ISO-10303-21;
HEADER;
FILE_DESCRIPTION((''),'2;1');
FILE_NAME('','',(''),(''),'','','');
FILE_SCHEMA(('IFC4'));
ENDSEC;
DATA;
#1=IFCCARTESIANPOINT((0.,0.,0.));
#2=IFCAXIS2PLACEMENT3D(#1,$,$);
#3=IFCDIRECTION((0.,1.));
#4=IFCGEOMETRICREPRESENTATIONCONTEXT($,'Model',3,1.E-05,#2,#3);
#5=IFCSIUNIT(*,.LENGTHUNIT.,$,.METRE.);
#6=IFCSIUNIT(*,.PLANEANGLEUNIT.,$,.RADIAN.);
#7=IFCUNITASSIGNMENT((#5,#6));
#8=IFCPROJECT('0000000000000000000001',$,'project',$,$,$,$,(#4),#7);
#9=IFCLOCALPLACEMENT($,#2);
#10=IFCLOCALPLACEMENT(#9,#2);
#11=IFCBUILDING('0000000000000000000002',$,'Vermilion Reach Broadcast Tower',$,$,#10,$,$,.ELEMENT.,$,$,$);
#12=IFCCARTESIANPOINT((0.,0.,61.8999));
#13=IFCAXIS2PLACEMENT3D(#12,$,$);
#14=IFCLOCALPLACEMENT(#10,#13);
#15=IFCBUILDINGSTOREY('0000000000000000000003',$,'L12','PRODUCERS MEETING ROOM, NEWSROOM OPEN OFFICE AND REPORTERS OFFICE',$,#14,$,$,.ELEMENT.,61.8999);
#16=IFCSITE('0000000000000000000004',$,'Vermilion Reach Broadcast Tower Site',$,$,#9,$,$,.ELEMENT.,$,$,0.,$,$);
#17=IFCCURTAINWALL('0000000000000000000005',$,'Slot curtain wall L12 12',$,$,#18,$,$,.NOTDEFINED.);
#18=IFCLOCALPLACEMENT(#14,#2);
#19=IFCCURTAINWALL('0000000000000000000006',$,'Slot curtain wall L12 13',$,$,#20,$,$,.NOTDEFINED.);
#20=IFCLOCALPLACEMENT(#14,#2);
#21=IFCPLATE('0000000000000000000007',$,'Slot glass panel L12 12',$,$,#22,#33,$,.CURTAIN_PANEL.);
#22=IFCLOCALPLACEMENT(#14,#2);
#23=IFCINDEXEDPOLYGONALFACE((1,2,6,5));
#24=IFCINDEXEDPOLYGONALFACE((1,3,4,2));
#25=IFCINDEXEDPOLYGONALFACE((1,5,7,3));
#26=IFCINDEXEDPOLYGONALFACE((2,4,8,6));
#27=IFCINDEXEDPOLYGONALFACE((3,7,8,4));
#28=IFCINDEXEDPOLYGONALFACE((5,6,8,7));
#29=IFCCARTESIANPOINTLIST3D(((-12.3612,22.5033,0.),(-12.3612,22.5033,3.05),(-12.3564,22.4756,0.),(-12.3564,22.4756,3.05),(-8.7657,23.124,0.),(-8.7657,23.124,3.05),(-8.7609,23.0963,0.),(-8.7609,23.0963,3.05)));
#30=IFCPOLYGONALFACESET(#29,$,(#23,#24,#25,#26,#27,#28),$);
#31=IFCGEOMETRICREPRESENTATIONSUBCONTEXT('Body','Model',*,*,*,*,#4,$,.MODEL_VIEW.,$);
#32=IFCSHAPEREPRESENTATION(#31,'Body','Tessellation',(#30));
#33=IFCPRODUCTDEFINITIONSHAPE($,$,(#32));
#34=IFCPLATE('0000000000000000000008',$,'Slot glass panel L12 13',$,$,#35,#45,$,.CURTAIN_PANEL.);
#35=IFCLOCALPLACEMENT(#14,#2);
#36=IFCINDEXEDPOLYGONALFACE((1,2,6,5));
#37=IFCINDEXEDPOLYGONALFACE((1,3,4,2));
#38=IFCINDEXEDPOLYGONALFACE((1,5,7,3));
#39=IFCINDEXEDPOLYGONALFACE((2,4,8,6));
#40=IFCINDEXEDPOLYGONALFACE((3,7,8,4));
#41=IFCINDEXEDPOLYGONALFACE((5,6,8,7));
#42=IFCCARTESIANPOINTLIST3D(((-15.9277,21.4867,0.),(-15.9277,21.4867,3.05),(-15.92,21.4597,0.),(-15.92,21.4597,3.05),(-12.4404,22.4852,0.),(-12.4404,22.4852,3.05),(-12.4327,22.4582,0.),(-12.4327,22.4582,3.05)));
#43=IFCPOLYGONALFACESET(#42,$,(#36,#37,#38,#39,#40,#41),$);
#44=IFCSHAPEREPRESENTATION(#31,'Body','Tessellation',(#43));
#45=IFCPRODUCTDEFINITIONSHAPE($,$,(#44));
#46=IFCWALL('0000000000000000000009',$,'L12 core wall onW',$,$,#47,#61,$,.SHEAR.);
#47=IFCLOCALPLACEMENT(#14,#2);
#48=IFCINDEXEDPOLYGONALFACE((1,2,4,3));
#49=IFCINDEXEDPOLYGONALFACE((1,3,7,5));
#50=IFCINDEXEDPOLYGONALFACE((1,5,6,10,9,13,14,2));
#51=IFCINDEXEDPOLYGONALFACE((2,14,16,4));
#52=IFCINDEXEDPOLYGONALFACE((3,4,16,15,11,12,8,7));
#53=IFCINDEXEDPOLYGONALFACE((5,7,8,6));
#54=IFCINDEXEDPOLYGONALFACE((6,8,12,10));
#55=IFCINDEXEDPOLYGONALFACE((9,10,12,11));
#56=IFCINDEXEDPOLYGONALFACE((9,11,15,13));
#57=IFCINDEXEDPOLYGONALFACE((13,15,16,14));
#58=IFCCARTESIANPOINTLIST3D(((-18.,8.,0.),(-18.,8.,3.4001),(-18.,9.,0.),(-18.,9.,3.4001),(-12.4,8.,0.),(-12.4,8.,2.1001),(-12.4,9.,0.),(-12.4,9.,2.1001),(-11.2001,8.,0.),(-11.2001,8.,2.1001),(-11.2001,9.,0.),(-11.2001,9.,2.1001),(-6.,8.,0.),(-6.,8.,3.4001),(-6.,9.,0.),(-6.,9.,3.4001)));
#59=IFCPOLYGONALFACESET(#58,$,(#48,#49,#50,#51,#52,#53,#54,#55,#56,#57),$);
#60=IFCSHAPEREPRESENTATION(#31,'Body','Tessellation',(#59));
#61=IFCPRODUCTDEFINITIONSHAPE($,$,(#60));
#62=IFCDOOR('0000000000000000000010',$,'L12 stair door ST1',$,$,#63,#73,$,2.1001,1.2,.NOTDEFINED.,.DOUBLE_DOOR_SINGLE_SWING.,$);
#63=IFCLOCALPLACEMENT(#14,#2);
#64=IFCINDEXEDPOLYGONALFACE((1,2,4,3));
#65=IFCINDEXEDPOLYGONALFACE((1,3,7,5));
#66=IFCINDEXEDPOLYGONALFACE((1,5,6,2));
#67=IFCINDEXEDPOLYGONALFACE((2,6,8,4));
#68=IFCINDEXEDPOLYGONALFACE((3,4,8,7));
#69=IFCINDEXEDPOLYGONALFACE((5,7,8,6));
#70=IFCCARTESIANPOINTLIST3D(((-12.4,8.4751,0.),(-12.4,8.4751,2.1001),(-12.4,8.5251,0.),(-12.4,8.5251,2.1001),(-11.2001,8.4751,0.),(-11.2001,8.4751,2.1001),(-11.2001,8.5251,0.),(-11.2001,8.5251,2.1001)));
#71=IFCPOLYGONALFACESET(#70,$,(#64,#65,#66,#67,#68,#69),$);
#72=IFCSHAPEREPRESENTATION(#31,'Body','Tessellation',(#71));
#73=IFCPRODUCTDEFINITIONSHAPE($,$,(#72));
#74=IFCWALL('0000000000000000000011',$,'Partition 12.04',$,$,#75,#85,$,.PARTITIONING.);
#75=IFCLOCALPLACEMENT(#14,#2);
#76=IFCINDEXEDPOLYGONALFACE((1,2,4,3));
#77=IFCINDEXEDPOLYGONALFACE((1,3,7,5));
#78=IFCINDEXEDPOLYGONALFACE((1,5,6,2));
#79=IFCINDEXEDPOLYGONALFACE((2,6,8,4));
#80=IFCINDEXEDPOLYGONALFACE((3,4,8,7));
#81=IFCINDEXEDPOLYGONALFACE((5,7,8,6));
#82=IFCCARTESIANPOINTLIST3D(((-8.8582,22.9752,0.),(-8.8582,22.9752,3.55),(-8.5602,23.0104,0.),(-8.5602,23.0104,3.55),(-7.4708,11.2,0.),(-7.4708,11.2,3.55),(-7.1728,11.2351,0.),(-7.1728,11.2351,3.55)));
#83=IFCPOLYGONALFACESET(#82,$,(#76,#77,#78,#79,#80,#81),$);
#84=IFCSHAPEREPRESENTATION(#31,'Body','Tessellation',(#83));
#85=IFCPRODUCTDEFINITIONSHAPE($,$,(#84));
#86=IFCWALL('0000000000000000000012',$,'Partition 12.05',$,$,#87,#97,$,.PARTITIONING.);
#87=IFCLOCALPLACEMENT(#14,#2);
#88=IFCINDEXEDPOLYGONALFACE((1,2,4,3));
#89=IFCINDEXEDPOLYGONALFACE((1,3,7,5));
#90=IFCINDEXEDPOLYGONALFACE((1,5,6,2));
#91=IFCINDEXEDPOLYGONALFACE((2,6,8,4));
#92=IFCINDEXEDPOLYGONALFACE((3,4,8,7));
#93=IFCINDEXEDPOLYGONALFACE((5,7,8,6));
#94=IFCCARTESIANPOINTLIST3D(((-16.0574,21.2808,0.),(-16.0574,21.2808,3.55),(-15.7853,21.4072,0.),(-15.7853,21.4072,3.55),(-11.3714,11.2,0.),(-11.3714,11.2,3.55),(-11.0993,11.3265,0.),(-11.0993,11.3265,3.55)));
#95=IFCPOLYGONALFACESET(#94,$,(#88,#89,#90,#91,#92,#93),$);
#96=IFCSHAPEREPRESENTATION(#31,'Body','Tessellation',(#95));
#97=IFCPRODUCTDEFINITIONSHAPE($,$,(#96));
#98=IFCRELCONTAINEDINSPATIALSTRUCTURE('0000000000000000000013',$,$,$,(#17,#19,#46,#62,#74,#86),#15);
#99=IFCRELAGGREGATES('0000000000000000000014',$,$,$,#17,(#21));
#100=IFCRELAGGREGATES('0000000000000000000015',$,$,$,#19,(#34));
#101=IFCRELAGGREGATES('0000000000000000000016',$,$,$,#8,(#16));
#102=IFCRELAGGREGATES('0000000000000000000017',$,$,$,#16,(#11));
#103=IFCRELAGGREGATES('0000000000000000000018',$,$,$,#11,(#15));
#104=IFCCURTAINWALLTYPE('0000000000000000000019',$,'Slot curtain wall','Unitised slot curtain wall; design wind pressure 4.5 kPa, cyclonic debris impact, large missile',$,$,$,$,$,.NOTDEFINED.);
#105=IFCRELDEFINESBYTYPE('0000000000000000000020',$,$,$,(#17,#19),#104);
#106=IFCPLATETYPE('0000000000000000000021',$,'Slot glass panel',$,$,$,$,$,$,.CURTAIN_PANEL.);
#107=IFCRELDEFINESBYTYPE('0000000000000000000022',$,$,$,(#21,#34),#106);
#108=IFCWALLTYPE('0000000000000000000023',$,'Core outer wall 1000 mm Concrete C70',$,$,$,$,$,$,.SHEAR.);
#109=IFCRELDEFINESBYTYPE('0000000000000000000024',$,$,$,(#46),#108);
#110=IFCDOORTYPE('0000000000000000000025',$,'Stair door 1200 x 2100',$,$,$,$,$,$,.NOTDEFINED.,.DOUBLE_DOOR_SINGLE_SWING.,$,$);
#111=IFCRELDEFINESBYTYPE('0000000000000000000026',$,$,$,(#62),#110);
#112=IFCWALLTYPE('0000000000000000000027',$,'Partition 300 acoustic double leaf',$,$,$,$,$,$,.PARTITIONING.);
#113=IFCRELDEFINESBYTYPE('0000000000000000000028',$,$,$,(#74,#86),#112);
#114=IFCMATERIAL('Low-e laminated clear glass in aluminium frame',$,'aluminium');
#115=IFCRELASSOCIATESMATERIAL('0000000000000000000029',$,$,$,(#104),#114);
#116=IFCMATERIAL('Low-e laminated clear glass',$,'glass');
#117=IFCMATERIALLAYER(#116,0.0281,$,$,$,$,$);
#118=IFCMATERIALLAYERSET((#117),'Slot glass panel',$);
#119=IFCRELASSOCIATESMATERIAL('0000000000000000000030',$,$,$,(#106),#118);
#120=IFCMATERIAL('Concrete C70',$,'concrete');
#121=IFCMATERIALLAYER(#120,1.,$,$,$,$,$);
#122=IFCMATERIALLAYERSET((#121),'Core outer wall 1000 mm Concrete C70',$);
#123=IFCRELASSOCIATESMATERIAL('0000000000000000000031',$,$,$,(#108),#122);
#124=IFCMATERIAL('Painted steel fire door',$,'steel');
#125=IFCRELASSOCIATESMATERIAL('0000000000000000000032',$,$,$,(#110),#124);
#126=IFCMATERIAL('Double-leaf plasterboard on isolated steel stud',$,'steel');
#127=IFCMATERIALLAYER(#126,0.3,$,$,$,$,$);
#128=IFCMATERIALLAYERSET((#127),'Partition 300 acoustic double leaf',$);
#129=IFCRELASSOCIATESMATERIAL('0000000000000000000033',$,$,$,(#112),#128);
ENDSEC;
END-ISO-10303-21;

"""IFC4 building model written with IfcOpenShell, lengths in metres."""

from ifc_helpers import new_model, si_unit, direction, frame, frame_2d, origin, origin_2d, place, context, subcontext, project, spatial, rectangle, extrude, material, layer, layer_set, type_object, element, fill, aggregate, save


model = new_model("IFC4")

# Units and contexts
model_context = context("Model", 3, precision=1e-05, world=origin(), true_north=direction((0.0, 1.0)))
body_context = subcontext(model_context, "Body", "Model", "MODEL_VIEW")
ifc_project = project(units=[si_unit("LENGTHUNIT", "METRE"), si_unit("PLANEANGLEUNIT", "RADIAN")], contexts=[model_context])

# Site, building, storey
site_placement = place(None, origin())
site = spatial("IfcSite", under=ifc_project, at=site_placement, Name="Vermilion Reach Broadcast Tower Site", CompositionType="ELEMENT", RefElevation=0.0)
building_placement = place(site_placement, origin())
building = spatial("IfcBuilding", under=site, at=building_placement, Name="Vermilion Reach Broadcast Tower", CompositionType="ELEMENT")
storey_placement = place(building_placement, frame((0.0, 0.0, 61.8999)))
storey = spatial("IfcBuildingStorey", under=building, at=storey_placement, Name="L12", Description="PRODUCERS MEETING ROOM, NEWSROOM OPEN OFFICE AND REPORTERS OFFICE", CompositionType="ELEMENT", Elevation=61.8999)

# Curtain walls
ifc_material_1 = material(Name="Low-e laminated clear glass in aluminium frame", Category="aluminium")
curtain_wall_type = type_object("IfcCurtainWallType", Name="Slot curtain wall", Description="Unitised slot curtain wall; design wind pressure 4.5 kPa, cyclonic debris impact, large missile", PredefinedType="NOTDEFINED", material=ifc_material_1)
placement = place(storey_placement, origin())
curtain_wall_1 = element("IfcCurtainWall", 1, at=placement, inside=storey, type_object=curtain_wall_type, Name="Slot curtain wall L12 12", PredefinedType="NOTDEFINED")
curtain_wall_2 = element("IfcCurtainWall", 2, at=placement, inside=storey, type_object=curtain_wall_type, Name="Slot curtain wall L12 13", PredefinedType="NOTDEFINED")

# Shared definitions
ifc_material_2 = material(Name="Low-e laminated clear glass", Category="glass")
ifc_layer_1 = layer(ifc_material_2, 0.0281)
ifc_layer_set_1 = layer_set([ifc_layer_1], Name="Slot glass panel")
plate_type = type_object("IfcPlateType", Name="Slot glass panel", PredefinedType="CURTAIN_PANEL", material=ifc_layer_set_1)

# Plates
plate_1_placement = place(storey_placement, frame((-10.561, 22.7998, 0.0), z_axis=(0.0, 0.0, 1.0), x_axis=(-0.985425, -0.170112, 0.0)))
plate_1 = element("IfcPlate", 3, at=plate_1_placement, type_object=plate_type, Name="Slot glass panel L12 12", PredefinedType="CURTAIN_PANEL", context=body_context, shape_type="SweptSolid", body=[
    extrude(rectangle(XDim=3.6487, YDim=0.0281, at=origin_2d()), origin(), (0.0, 0.0, 1.0), 3.05),
])
aggregate(curtain_wall_1, [plate_1])
plate_2_placement = place(storey_placement, frame((-14.1802, 21.9724, 0.0), z_axis=(0.0, 0.0, 1.0), x_axis=(-0.96137, -0.275261, 0.0)))
plate_2 = element("IfcPlate", 4, at=plate_2_placement, type_object=plate_type, Name="Slot glass panel L12 13", PredefinedType="CURTAIN_PANEL", context=body_context, shape_type="SweptSolid", body=[
    extrude(rectangle(XDim=3.6274, YDim=0.0281, at=origin_2d()), origin(), (0.0, 0.0, 1.0), 3.05),
])
aggregate(curtain_wall_2, [plate_2])

# Wall, opening, door
ifc_material_3 = material(Name="Concrete C70", Category="concrete")
ifc_layer_2 = layer(ifc_material_3, 1.0)
ifc_layer_set_2 = layer_set([ifc_layer_2], Name="Core outer wall 1000 mm Concrete C70")
wall_type_1 = type_object("IfcWallType", Name="Core outer wall 1000 mm Concrete C70", PredefinedType="SHEAR", material=ifc_layer_set_2)
wall_1_placement = place(storey_placement, frame((-6.0, 8.5, 0.0), z_axis=(0.0, 0.0, 1.0), x_axis=(-1.0, 0.0, 0.0)))
wall_1 = element("IfcWall", 5, at=wall_1_placement, inside=storey, type_object=wall_type_1, Name="L12 core wall onW", PredefinedType="SHEAR", context=body_context, shape_type="SweptSolid", body=[
    extrude(rectangle(XDim=12.0, YDim=1.0, at=frame_2d((6.0, 0.0))), origin(), (0.0, 0.0, 1.0), 3.4001),
])
opening_placement = place(wall_1_placement, frame((5.2, 0.0, 0.0)))
opening = element("IfcOpeningElement", 6, at=opening_placement, cuts=wall_1, PredefinedType="OPENING", context=body_context, shape_type="SweptSolid", body=[
    extrude(rectangle(XDim=1.2, YDim=2.1001, at=frame_2d((0.6001, 1.05))), frame((0.0, 0.51, 0.0), z_axis=(0.0, -1.0, 0.0), x_axis=(1.0, 0.0, 0.0)), (0.0, 0.0, 1.0), 1.02),
])
ifc_material_4 = material(Name="Painted steel fire door", Category="steel")
door_type = type_object("IfcDoorType", Name="Stair door 1200 x 2100", OperationType="DOUBLE_DOOR_SINGLE_SWING", PredefinedType="NOTDEFINED", material=ifc_material_4)
door_placement = place(opening_placement, origin())
door = element("IfcDoor", 7, at=door_placement, inside=storey, type_object=door_type, Name="L12 stair door ST1", OperationType="DOUBLE_DOOR_SINGLE_SWING", OverallHeight=2.1001, OverallWidth=1.2, PredefinedType="NOTDEFINED", context=body_context, shape_type="SweptSolid", body=[
    extrude(rectangle(XDim=1.2, YDim=2.1001, at=frame_2d((0.6001, 1.05))), frame((0.0, 0.0249, 0.0), z_axis=(0.0, -1.0, 0.0), x_axis=(1.0, 0.0, 0.0)), (0.0, 0.0, 1.0), 0.05),
])
fill(opening, door)

# Walls
ifc_material_5 = material(Name="Double-leaf plasterboard on isolated steel stud", Category="steel")
ifc_layer_3 = layer(ifc_material_5, 0.3)
ifc_layer_set_3 = layer_set([ifc_layer_3], Name="Partition 300 acoustic double leaf")
wall_type_2 = type_object("IfcWallType", Name="Partition 300 acoustic double leaf", PredefinedType="PARTITIONING", material=ifc_layer_set_3)
wall_2_placement = place(storey_placement, frame((-8.7092, 22.9927, 0.0), z_axis=(0.0, 0.0, 1.0), x_axis=(0.117019, -0.99313, 0.0)))
element("IfcWall", 8, at=wall_2_placement, inside=storey, type_object=wall_type_2, Name="Partition 12.04", PredefinedType="PARTITIONING", context=body_context, shape_type="SweptSolid", body=[
    extrude(rectangle(XDim=11.8567, YDim=0.3, at=frame_2d((5.9282, 0.0))), origin(), (0.0, 0.0, 1.0), 3.55),
])
wall_3_placement = place(storey_placement, frame((-15.9214, 21.344, 0.0), z_axis=(0.0, 0.0, 1.0), x_axis=(0.42153, -0.906814, 0.0)))
element("IfcWall", 9, at=wall_3_placement, inside=storey, type_object=wall_type_2, Name="Partition 12.05", PredefinedType="PARTITIONING", context=body_context, shape_type="SweptSolid", body=[
    extrude(rectangle(XDim=11.1167, YDim=0.3, at=frame_2d((5.5583, 0.0))), origin(), (0.0, 0.0, 1.0), 3.55),
])

save(model, "model.ifc")
